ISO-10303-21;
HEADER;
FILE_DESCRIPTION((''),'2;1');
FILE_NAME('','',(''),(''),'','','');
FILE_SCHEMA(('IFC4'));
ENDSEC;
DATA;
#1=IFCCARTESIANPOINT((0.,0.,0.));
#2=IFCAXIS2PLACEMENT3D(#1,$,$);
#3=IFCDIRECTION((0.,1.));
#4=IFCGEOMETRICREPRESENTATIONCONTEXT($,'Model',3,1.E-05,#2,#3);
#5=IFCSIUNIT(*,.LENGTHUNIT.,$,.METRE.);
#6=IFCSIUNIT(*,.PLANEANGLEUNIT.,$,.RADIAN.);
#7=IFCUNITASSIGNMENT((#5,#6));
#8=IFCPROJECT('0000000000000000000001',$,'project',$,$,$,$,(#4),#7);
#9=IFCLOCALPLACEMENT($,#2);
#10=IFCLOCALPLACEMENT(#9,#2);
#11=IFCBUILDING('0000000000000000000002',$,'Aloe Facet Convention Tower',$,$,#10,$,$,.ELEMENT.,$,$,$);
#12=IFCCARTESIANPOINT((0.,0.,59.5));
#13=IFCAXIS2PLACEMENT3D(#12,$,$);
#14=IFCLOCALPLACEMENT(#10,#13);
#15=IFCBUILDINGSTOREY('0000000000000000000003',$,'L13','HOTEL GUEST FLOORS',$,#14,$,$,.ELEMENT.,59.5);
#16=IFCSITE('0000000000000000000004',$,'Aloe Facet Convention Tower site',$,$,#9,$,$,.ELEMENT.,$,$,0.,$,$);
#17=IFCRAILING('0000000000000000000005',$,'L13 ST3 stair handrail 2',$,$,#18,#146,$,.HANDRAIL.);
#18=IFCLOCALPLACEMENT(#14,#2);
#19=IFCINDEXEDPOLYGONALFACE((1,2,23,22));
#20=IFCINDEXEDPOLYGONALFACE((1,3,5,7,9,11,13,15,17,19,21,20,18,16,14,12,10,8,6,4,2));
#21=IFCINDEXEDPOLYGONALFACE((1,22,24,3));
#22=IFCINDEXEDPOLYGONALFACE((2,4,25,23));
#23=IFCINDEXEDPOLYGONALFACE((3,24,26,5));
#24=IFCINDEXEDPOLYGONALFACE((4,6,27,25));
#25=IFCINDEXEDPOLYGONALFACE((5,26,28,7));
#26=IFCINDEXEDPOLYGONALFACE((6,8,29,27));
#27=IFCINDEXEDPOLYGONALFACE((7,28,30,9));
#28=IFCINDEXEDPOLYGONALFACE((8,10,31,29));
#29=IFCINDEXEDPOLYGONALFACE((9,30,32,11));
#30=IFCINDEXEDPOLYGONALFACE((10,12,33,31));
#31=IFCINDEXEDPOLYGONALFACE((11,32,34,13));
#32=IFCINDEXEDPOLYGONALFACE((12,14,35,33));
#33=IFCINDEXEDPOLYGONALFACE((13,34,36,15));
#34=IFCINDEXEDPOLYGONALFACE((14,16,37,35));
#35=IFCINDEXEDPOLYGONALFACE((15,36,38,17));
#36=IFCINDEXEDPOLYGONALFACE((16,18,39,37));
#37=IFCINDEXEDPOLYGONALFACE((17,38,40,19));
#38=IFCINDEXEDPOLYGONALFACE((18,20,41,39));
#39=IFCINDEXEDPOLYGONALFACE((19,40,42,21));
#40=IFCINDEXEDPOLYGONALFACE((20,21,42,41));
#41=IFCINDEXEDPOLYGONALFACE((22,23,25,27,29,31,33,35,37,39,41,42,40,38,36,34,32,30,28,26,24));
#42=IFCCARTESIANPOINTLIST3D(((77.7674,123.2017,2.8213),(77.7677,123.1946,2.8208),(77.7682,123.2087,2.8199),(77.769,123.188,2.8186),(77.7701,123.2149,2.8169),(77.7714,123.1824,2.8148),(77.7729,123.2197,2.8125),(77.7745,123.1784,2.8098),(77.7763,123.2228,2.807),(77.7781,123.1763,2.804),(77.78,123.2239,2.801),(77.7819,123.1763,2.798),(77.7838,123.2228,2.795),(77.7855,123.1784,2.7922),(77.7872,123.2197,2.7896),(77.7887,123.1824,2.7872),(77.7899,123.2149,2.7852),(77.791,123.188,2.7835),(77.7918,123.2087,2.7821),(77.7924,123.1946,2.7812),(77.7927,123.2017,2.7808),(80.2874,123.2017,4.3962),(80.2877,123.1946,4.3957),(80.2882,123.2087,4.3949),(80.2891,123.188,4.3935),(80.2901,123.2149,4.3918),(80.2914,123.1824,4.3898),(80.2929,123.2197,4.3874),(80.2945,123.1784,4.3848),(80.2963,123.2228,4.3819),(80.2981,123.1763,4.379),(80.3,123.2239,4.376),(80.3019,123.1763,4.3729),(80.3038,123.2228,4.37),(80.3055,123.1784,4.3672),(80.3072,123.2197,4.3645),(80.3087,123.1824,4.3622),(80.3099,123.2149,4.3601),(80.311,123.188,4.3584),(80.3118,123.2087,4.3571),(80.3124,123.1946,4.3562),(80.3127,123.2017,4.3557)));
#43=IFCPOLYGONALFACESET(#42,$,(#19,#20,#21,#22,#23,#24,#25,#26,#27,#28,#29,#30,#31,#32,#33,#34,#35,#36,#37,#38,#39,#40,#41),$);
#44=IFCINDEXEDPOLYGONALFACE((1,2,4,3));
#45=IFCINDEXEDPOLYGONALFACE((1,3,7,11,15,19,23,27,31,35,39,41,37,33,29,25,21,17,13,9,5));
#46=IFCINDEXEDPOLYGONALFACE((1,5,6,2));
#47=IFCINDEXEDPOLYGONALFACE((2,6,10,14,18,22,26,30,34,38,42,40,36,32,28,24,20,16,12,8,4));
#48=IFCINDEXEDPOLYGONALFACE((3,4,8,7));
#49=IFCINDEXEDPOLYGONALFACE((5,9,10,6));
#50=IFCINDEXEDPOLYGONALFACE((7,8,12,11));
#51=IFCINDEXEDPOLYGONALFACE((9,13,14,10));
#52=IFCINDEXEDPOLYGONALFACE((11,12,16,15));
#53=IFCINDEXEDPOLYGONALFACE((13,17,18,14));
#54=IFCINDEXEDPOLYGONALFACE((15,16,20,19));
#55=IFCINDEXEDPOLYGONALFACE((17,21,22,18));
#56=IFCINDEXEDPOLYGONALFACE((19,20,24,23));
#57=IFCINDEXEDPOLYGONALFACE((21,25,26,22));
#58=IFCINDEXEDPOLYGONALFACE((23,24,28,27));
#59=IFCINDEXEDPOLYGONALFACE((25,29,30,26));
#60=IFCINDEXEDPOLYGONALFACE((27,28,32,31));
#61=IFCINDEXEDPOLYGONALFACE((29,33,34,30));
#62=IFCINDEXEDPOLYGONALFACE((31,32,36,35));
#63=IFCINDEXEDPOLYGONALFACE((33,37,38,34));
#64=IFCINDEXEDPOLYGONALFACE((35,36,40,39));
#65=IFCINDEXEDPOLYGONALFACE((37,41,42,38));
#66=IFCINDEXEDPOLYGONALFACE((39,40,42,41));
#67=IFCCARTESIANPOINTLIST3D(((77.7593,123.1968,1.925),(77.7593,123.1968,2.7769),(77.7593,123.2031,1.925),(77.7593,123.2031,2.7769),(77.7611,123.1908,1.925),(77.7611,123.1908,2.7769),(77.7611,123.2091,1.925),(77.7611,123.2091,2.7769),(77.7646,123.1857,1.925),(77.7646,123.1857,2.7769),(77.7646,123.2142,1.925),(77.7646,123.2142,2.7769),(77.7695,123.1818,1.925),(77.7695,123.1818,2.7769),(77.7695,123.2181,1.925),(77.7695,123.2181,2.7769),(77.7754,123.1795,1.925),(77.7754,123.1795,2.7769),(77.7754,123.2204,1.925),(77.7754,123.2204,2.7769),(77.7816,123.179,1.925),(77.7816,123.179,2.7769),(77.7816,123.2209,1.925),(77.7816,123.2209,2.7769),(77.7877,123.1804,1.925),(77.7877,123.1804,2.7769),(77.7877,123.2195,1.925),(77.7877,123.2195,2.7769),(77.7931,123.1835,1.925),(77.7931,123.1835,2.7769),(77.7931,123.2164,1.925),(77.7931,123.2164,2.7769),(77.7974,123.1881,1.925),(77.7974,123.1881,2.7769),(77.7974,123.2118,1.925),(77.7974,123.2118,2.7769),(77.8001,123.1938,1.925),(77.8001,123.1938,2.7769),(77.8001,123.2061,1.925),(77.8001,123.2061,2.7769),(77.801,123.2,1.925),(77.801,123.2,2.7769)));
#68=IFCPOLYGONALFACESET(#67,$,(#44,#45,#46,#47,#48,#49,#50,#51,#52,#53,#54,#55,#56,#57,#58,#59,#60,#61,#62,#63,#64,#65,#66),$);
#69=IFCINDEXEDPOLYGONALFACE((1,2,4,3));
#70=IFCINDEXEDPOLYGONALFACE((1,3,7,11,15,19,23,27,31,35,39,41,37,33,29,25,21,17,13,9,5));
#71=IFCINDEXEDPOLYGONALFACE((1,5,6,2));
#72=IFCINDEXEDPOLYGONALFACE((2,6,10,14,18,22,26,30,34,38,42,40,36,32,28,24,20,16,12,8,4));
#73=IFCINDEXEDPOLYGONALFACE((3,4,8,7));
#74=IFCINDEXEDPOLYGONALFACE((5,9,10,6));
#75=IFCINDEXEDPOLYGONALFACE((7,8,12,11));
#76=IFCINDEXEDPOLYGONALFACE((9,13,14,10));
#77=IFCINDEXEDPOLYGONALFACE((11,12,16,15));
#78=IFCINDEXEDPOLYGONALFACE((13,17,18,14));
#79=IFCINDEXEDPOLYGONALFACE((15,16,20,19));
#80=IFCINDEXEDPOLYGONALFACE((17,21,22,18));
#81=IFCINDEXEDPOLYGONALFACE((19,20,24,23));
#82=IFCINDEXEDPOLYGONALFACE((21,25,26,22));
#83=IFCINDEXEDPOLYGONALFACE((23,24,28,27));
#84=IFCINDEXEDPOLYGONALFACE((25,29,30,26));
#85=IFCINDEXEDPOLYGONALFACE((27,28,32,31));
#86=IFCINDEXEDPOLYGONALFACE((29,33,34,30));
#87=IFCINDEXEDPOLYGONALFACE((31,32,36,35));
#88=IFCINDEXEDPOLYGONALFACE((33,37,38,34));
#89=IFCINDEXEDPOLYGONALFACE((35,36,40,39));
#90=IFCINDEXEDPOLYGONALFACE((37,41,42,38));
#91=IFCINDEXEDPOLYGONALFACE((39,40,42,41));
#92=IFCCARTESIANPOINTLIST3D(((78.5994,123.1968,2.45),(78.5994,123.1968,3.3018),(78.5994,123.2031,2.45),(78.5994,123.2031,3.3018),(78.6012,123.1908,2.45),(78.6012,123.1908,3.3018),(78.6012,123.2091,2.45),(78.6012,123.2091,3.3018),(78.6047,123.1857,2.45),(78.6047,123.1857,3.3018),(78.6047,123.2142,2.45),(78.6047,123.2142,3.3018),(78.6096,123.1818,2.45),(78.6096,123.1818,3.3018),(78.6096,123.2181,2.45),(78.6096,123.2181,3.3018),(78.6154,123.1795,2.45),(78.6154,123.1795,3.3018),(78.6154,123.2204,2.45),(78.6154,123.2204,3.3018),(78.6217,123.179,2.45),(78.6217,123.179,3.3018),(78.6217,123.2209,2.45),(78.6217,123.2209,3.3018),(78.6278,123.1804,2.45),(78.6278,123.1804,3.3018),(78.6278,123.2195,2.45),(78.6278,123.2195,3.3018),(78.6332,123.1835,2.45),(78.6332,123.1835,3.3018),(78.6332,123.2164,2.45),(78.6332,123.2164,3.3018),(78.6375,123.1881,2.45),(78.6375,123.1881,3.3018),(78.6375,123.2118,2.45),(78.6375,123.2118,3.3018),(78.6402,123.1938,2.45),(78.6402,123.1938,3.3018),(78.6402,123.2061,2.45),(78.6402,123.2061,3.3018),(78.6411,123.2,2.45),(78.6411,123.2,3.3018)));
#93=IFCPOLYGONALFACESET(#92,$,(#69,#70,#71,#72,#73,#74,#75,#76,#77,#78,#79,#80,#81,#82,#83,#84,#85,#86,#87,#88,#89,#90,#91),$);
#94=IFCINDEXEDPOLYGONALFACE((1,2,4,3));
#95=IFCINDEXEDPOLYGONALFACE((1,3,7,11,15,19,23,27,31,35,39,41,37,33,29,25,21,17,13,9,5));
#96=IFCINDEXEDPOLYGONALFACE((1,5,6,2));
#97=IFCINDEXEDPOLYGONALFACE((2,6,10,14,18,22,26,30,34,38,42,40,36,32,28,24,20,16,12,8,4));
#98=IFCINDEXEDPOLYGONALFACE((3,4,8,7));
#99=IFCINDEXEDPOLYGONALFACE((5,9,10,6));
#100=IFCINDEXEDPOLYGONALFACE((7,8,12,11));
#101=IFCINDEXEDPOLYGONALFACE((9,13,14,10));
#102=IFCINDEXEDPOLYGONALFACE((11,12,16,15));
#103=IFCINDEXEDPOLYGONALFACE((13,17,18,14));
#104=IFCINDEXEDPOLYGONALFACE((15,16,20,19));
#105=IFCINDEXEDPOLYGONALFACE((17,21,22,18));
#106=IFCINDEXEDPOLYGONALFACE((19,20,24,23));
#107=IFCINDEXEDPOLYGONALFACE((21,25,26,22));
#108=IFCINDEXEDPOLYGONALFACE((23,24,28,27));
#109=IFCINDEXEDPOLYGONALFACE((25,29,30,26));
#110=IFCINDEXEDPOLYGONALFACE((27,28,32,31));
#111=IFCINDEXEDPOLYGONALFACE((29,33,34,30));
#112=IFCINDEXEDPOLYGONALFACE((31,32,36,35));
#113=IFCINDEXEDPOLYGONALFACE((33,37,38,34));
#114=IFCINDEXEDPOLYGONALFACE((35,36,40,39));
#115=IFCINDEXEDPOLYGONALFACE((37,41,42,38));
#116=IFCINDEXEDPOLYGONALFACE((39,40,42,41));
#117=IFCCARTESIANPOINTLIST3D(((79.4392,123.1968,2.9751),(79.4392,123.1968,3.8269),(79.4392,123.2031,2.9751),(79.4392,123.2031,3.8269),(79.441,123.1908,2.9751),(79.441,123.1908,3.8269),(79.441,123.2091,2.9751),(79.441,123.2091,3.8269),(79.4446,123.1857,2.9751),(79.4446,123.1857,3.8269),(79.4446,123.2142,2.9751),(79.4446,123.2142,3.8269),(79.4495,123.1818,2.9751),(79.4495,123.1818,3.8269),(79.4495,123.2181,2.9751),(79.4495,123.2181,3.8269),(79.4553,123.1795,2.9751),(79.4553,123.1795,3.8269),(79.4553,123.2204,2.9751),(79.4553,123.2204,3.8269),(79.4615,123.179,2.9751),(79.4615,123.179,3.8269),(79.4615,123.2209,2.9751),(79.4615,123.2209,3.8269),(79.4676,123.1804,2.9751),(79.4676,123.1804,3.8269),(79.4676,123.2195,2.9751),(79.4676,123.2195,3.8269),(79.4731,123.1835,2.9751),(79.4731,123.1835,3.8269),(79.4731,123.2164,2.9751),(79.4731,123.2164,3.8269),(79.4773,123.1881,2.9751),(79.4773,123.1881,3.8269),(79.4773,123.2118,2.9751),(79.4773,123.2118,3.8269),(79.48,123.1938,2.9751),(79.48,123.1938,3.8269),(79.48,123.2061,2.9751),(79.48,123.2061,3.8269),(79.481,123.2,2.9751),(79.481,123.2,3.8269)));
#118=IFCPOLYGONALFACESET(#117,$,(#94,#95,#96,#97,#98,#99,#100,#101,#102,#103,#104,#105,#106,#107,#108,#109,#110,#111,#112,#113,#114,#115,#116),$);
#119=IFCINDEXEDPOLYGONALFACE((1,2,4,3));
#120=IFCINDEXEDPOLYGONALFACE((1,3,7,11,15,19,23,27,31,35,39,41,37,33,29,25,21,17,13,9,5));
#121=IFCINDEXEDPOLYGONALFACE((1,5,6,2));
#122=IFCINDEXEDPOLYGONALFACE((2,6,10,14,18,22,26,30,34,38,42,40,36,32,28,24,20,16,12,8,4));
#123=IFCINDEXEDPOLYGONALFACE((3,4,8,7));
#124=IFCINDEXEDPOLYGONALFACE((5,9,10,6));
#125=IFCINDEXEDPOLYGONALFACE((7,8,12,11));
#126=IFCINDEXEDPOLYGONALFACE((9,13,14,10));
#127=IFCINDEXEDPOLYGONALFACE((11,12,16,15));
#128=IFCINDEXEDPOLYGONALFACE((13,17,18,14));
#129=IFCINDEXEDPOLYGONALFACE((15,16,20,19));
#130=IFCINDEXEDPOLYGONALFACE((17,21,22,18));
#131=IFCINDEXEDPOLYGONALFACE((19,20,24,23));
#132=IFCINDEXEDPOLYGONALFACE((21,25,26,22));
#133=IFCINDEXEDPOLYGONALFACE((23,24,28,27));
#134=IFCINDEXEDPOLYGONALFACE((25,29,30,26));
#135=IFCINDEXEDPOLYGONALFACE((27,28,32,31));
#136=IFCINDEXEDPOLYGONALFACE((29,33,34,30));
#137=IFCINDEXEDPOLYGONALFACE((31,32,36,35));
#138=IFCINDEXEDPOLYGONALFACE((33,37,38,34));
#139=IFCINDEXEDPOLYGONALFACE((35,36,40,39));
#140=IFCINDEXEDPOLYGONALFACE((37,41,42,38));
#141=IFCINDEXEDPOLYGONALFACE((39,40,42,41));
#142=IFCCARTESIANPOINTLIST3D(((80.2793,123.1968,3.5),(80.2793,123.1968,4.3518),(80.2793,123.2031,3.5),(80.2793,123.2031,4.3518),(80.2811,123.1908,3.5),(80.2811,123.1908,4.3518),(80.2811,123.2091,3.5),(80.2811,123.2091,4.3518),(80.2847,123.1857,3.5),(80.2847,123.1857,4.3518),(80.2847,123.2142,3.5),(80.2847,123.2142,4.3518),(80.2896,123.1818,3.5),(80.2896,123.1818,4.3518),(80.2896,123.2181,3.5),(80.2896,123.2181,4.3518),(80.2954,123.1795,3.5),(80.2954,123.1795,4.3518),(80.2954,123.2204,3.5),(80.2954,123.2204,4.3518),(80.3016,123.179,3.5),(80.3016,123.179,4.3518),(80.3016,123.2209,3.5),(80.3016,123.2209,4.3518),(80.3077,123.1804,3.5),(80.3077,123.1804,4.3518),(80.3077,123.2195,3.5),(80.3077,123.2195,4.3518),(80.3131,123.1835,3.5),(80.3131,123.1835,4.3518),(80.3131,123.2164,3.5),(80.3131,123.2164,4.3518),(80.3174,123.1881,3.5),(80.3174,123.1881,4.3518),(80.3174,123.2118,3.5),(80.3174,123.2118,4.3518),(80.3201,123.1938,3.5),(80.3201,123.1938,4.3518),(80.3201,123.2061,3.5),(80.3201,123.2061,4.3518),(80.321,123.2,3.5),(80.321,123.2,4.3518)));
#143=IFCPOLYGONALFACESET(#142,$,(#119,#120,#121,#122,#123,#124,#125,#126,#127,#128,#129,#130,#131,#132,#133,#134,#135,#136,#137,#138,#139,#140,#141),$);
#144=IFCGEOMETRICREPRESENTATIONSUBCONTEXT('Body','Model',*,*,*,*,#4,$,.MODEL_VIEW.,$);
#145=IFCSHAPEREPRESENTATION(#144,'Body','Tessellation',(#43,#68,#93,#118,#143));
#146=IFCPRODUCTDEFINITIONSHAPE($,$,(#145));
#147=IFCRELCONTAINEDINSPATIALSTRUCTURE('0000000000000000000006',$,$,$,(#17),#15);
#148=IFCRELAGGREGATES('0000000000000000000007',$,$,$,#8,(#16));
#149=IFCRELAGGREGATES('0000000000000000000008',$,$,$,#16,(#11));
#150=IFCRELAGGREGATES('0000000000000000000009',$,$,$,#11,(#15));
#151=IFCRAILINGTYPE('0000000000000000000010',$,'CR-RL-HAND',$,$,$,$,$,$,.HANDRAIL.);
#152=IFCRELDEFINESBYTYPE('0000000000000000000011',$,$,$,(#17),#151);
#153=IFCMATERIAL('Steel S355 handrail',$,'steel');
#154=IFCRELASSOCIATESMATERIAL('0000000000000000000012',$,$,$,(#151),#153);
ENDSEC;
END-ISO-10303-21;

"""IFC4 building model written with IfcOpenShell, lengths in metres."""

from ifc_helpers import new_model, si_unit, direction, frame, origin, origin_2d, place, context, subcontext, project, spatial, circle, extrude, material, type_object, element, save


model = new_model("IFC4")

# Units and contexts
model_context = context("Model", 3, precision=1e-05, world=origin(), true_north=direction((0.0, 1.0)))
body_context = subcontext(model_context, "Body", "Model", "MODEL_VIEW")
ifc_project = project(units=[si_unit("LENGTHUNIT", "METRE"), si_unit("PLANEANGLEUNIT", "RADIAN")], contexts=[model_context])

# Site, building, storey
site_placement = place(None, origin())
site = spatial("IfcSite", under=ifc_project, at=site_placement, Name="Aloe Facet Convention Tower site", CompositionType="ELEMENT", RefElevation=0.0)
building_placement = place(site_placement, origin())
building = spatial("IfcBuilding", under=site, at=building_placement, Name="Aloe Facet Convention Tower", CompositionType="ELEMENT")
storey_placement = place(building_placement, frame((0.0, 0.0, 59.5)))
storey = spatial("IfcBuildingStorey", under=building, at=storey_placement, Name="L13", Description="HOTEL GUEST FLOORS", CompositionType="ELEMENT", Elevation=59.5)

# Railing
ifc_material_1 = material(Name="Steel S355 handrail", Category="steel")
railing_type_1 = type_object("IfcRailingType", Name="CR-RL-HAND", PredefinedType="HANDRAIL", material=ifc_material_1)
railing_1_placement = place(storey_placement, frame((77.78, 123.2, 1.925)))
element("IfcRailing", 1, at=railing_1_placement, inside=storey, type_object=railing_type_1, Name="L13 ST3 stair handrail 2", PredefinedType="HANDRAIL", context=body_context, shape_type="SweptSolid", body=[
    extrude(circle(Radius=0.0239, at=origin_2d()), frame((0.0, 0.0, 0.876), z_axis=(0.848008, 0.0, 0.529984), x_axis=(0.0, 1.0, 0.0)), (0.0, 0.0, 1.0), 2.9717),
    extrude(circle(Radius=0.021, at=origin_2d()), origin(), (0.0, 0.0, 1.0), 0.8518),
    extrude(circle(Radius=0.021, at=origin_2d()), frame((0.8401, 0.0, 0.5249)), (0.0, 0.0, 1.0), 0.8518),
    extrude(circle(Radius=0.021, at=origin_2d()), frame((1.6799, 0.0, 1.05)), (0.0, 0.0, 1.0), 0.8518),
    extrude(circle(Radius=0.021, at=origin_2d()), frame((2.52, 0.0, 1.575)), (0.0, 0.0, 1.0), 0.8518),
])

save(model, "model.ifc")
